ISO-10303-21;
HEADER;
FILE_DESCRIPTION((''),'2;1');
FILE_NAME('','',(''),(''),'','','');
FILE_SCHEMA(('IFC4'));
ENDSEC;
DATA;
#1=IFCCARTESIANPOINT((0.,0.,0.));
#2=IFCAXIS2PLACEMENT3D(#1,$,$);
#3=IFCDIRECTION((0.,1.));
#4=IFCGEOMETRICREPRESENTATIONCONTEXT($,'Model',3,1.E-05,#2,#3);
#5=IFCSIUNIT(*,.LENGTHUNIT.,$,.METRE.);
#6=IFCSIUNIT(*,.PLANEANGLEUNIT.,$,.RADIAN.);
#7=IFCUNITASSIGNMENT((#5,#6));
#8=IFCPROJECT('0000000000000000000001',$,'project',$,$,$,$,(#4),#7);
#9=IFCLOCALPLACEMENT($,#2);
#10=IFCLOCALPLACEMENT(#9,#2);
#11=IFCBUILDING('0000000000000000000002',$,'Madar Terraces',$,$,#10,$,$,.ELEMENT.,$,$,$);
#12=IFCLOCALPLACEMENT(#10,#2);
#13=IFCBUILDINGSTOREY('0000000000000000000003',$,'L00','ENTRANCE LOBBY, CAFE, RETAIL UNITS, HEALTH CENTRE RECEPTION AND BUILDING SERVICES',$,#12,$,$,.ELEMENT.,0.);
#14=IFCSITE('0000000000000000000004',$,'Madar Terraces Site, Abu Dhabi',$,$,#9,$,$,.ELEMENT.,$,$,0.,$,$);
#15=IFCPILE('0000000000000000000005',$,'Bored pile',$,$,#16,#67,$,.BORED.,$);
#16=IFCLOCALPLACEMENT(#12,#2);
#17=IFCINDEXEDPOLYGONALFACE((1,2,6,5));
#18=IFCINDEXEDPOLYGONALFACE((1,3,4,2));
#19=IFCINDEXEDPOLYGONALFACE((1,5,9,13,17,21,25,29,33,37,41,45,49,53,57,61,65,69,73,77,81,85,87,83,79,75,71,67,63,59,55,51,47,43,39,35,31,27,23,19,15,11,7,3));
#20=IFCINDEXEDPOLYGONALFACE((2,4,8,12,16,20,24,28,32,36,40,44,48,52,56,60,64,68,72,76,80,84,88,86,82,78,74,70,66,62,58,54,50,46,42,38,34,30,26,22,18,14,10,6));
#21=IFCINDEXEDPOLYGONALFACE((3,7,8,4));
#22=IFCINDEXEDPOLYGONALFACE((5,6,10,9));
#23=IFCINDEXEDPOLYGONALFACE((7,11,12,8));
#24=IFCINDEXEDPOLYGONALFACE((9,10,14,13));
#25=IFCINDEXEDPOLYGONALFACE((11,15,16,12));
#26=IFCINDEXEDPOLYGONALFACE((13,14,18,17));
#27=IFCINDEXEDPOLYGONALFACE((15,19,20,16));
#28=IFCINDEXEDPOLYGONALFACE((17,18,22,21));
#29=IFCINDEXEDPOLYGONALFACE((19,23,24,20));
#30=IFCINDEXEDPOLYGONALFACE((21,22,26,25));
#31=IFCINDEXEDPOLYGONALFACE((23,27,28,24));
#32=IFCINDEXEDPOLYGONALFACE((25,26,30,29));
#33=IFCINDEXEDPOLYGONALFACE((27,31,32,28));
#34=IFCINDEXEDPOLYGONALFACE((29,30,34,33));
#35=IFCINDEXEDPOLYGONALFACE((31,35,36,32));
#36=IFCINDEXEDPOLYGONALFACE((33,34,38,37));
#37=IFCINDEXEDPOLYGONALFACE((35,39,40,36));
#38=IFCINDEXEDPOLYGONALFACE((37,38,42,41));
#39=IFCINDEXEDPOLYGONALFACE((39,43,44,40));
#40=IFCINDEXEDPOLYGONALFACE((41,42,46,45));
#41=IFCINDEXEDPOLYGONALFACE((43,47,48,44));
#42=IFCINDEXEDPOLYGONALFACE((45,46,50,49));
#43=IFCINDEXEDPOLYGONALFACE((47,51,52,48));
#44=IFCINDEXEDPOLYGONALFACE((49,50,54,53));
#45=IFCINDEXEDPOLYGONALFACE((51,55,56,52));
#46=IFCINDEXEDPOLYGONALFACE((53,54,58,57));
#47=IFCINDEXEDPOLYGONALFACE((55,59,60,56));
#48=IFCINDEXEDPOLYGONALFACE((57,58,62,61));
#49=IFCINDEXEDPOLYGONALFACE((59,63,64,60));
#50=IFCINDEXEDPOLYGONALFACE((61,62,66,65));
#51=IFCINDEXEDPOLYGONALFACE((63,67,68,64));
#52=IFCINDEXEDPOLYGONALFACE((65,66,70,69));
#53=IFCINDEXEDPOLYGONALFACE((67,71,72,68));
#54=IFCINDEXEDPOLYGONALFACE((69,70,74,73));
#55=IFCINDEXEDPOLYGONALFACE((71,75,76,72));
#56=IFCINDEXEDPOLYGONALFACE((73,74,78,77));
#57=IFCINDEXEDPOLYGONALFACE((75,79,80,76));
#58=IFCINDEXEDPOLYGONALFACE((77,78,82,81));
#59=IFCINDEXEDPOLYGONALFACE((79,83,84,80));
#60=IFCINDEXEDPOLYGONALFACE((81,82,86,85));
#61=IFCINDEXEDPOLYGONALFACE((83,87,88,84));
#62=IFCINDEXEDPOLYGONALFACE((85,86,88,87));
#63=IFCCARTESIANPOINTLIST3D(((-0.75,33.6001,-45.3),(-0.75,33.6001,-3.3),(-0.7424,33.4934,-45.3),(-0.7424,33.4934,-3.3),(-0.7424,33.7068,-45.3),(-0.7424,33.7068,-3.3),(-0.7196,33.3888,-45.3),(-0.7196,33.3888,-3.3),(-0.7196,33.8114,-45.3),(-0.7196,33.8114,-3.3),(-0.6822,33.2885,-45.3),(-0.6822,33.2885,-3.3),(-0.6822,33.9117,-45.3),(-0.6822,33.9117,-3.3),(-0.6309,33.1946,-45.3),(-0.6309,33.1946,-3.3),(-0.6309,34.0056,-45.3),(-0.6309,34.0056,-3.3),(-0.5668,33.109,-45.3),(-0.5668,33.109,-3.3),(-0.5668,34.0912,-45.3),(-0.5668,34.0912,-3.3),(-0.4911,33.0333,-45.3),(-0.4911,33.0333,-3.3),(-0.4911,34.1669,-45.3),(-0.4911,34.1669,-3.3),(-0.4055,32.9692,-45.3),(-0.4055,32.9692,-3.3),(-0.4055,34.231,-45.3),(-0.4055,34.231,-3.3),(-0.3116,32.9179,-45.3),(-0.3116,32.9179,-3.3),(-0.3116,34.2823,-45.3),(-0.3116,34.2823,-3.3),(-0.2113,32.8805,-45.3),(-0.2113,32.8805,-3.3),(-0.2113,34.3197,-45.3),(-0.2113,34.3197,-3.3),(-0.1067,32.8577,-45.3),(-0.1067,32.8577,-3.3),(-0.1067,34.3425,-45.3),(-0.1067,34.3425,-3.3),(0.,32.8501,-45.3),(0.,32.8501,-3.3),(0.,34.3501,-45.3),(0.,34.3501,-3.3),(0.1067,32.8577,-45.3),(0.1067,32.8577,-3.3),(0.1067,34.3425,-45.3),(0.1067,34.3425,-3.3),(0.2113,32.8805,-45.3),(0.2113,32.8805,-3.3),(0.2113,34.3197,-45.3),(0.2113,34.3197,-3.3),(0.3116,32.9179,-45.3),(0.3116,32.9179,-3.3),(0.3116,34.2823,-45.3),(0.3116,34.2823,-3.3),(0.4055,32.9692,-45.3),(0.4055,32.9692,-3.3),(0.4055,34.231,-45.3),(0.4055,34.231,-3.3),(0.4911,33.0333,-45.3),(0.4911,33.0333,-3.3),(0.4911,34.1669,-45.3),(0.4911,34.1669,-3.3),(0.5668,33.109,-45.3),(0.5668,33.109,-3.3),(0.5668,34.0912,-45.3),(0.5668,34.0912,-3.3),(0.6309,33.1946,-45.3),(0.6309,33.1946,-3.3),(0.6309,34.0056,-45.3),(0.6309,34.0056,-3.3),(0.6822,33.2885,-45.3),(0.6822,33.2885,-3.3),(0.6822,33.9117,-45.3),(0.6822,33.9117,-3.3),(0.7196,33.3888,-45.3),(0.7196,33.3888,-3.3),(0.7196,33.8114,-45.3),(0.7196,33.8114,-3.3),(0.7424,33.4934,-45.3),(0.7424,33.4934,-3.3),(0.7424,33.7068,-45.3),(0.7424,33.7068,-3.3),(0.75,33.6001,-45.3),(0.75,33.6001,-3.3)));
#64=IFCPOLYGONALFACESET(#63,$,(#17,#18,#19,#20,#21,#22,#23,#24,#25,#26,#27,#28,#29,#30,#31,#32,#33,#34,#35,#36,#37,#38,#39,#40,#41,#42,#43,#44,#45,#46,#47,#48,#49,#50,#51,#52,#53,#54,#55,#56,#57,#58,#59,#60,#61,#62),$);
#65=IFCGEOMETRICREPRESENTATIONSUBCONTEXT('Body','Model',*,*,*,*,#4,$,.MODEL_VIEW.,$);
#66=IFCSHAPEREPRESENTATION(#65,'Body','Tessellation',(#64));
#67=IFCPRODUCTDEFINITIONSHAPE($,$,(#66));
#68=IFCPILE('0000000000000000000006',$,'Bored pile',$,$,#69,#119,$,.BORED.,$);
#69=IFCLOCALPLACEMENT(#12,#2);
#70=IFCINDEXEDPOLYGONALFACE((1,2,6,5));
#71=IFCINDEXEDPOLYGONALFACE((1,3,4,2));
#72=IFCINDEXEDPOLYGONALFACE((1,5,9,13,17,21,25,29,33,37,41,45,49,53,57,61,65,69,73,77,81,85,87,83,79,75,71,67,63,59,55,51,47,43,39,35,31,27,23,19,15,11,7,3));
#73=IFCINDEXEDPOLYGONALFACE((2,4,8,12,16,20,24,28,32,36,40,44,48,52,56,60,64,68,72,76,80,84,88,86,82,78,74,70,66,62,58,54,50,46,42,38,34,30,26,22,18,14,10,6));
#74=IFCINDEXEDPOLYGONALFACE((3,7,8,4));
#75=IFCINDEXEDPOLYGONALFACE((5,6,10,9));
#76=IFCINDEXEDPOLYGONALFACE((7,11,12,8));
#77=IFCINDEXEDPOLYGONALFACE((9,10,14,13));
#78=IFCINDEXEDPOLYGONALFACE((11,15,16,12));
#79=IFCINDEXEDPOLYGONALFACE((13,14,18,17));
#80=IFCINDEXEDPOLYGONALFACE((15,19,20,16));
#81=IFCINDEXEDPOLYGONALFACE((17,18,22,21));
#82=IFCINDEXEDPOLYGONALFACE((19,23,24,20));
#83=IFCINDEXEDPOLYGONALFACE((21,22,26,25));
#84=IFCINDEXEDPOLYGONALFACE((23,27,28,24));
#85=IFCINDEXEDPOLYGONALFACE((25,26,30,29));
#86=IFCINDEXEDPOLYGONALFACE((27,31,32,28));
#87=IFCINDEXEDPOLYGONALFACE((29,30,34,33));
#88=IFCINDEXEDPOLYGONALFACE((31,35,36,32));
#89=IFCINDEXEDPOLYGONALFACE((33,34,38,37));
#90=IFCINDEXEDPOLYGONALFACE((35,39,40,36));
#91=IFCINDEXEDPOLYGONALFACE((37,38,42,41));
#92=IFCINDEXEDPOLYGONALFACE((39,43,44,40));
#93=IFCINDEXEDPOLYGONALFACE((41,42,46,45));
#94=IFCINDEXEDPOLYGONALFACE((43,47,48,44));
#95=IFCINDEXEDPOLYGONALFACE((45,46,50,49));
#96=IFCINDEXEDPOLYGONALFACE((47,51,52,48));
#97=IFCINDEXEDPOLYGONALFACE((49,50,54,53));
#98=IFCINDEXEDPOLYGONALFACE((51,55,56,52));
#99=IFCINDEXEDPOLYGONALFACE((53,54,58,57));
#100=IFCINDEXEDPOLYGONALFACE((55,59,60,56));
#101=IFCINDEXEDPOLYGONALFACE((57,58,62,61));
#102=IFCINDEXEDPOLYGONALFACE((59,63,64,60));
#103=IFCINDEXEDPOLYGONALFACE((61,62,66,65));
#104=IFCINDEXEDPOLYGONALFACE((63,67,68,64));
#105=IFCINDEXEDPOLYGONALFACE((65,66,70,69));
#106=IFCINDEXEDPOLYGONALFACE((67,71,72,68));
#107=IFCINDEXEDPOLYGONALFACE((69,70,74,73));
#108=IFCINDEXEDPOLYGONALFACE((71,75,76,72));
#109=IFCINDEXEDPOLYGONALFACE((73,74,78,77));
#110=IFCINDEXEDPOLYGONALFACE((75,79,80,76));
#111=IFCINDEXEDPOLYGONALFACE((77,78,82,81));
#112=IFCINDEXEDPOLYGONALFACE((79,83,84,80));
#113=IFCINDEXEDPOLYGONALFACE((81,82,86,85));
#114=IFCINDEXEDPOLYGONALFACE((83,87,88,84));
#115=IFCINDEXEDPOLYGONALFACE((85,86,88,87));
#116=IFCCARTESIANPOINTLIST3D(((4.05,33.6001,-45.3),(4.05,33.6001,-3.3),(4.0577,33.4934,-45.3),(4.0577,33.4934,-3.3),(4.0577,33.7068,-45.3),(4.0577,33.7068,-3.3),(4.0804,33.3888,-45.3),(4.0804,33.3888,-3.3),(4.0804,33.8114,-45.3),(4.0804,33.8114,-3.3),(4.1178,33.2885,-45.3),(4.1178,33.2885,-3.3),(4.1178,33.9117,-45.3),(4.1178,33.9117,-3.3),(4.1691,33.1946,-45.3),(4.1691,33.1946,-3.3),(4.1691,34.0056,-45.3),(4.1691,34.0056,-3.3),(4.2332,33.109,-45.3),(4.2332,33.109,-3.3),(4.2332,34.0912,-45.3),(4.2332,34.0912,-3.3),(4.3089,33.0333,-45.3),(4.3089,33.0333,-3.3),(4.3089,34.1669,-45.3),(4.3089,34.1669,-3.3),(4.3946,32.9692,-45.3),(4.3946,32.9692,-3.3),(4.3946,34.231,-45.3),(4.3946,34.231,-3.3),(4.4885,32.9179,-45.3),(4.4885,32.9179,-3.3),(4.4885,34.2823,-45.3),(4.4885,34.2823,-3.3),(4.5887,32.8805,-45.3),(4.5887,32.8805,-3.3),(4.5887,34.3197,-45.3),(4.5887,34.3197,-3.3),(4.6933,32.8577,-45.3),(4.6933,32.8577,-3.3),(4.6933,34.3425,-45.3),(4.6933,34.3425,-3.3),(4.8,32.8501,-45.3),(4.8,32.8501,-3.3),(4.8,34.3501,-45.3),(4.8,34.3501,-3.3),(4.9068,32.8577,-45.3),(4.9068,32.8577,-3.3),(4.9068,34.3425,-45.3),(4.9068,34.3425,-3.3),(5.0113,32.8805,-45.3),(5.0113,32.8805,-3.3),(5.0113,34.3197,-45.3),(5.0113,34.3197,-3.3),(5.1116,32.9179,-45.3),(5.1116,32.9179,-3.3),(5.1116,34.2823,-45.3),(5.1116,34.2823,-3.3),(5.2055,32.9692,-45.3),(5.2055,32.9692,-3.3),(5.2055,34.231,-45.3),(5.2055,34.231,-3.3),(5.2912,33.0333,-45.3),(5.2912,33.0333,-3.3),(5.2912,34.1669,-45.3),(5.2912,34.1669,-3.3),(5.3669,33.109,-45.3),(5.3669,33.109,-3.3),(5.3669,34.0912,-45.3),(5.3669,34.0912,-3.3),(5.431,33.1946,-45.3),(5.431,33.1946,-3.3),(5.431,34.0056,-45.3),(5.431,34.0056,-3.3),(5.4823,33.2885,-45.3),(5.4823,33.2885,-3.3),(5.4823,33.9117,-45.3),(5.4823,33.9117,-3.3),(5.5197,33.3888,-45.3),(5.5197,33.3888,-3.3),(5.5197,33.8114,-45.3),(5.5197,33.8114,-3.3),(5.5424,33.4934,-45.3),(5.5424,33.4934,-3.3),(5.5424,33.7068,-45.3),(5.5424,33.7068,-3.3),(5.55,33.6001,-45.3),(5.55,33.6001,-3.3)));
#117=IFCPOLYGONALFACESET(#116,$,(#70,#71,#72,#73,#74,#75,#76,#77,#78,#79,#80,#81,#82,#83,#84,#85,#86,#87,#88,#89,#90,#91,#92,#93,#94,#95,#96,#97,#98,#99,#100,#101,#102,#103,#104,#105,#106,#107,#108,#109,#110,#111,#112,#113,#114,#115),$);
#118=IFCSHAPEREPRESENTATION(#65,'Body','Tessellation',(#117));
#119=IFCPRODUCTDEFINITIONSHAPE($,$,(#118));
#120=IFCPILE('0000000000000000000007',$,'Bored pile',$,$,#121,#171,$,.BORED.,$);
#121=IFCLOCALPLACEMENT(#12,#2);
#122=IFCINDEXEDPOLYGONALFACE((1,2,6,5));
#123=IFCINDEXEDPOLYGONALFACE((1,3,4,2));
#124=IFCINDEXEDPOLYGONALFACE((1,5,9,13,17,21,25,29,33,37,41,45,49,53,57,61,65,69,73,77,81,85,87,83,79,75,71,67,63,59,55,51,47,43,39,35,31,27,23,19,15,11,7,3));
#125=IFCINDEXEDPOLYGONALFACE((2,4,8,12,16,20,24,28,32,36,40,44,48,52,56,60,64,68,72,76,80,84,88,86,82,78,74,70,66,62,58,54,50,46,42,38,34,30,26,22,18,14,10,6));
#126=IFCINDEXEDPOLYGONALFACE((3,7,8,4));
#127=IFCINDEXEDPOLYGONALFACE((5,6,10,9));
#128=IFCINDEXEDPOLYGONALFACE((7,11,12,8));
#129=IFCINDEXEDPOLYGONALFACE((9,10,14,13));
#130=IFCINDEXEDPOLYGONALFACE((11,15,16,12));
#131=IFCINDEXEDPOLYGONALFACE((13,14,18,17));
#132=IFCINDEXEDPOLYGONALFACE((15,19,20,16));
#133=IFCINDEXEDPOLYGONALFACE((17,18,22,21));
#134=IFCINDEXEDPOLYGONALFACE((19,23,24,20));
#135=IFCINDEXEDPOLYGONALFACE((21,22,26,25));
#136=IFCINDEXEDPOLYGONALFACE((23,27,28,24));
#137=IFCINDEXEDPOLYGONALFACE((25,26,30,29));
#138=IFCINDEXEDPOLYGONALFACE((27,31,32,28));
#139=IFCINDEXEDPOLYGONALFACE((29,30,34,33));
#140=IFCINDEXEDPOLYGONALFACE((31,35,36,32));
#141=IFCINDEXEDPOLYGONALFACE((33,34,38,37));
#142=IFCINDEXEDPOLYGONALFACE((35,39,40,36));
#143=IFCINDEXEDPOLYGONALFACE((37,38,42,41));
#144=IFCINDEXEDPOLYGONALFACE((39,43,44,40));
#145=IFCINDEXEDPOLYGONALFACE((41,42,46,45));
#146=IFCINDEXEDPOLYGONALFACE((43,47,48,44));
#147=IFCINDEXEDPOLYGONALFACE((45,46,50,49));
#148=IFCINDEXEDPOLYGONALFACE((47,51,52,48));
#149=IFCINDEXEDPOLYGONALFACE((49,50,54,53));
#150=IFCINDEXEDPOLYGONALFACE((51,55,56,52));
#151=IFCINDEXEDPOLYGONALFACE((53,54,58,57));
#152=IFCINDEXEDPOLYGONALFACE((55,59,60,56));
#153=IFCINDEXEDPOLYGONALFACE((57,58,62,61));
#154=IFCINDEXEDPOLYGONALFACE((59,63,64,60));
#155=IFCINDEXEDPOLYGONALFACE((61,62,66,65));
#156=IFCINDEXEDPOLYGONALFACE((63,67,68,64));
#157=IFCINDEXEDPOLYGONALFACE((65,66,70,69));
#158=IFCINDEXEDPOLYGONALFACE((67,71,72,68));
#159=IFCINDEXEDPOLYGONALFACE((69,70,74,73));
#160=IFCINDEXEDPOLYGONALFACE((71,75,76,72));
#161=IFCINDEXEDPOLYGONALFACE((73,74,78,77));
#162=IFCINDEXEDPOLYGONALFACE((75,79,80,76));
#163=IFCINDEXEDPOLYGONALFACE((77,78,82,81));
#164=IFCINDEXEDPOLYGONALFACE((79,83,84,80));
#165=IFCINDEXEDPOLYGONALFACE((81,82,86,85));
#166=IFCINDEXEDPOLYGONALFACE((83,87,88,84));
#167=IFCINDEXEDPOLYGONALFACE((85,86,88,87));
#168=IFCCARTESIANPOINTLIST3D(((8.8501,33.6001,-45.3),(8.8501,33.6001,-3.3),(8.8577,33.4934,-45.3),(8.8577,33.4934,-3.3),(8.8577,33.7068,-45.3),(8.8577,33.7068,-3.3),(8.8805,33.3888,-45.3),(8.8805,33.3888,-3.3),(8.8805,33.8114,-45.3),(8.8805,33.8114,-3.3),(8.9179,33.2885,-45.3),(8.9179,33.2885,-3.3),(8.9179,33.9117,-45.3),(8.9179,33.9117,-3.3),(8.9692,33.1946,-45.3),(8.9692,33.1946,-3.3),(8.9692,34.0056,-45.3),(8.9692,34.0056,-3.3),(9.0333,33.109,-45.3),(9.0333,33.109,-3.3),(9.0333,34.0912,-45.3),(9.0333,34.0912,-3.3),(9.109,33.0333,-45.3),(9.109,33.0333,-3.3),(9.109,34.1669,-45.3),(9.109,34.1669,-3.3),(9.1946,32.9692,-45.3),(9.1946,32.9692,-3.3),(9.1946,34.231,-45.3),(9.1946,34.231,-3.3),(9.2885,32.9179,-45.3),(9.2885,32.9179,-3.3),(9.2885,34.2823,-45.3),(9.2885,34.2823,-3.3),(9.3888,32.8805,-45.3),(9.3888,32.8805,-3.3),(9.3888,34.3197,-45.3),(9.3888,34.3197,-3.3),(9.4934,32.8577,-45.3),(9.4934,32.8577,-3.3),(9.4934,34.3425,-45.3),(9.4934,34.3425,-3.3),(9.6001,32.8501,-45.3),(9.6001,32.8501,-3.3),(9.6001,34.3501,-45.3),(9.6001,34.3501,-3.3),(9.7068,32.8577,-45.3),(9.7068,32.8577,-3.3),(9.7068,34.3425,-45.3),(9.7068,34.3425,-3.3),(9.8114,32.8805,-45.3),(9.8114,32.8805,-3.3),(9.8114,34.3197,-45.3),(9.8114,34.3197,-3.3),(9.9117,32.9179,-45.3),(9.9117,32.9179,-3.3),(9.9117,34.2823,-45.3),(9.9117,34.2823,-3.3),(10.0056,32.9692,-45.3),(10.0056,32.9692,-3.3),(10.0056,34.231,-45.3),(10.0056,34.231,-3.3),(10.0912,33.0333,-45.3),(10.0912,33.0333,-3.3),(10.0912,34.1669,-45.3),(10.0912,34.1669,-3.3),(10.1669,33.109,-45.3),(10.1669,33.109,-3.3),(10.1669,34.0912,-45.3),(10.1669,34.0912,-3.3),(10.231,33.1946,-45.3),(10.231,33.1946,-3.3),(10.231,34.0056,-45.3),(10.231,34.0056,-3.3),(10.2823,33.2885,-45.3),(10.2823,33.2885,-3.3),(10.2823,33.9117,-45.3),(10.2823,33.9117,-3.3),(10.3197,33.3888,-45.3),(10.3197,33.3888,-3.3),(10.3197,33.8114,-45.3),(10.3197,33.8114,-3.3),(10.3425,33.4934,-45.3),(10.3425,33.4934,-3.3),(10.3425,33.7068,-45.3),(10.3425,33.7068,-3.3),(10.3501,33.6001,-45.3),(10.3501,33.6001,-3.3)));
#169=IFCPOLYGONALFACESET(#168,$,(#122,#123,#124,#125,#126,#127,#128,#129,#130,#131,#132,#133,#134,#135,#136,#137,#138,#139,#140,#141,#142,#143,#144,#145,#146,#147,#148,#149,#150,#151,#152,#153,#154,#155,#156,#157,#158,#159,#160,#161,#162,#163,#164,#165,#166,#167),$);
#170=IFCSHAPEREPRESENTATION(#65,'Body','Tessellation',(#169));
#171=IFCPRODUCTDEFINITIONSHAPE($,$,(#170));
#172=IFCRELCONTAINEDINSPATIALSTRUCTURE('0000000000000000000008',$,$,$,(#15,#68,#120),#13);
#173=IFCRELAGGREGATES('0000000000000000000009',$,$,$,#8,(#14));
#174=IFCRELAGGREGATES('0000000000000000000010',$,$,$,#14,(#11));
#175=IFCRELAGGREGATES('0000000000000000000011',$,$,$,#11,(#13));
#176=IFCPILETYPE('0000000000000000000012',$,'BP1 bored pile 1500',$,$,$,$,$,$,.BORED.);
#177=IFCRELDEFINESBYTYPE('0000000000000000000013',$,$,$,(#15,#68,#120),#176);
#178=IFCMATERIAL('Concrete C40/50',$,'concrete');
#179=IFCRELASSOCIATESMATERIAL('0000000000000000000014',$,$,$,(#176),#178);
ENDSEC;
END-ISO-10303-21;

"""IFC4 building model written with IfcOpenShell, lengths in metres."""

from ifc_helpers import new_model, si_unit, direction, frame, origin, origin_2d, place, context, subcontext, project, spatial, circle, extrude, material, material_profile, profile_set, type_object, element, save


model = new_model("IFC4")

# Units and contexts
model_context = context("Model", 3, precision=1e-05, world=origin(), true_north=direction((0.0, 1.0)))
body_context = subcontext(model_context, "Body", "Model", "MODEL_VIEW")
ifc_project = project(units=[si_unit("LENGTHUNIT", "METRE"), si_unit("PLANEANGLEUNIT", "RADIAN")], contexts=[model_context])

# Site, building, storey
site_placement = place(None, origin())
site = spatial("IfcSite", under=ifc_project, at=site_placement, Name="Madar Terraces Site, Abu Dhabi", CompositionType="ELEMENT", RefElevation=0.0)
building_placement = place(site_placement, origin())
building = spatial("IfcBuilding", under=site, at=building_placement, Name="Madar Terraces", CompositionType="ELEMENT")
storey_placement = place(building_placement, origin())
storey = spatial("IfcBuildingStorey", under=building, at=storey_placement, Name="L00", Description="ENTRANCE LOBBY, CAFE, RETAIL UNITS, HEALTH CENTRE RECEPTION AND BUILDING SERVICES", CompositionType="ELEMENT", Elevation=0.0)

# Piles
ifc_material_1 = material(Name="Concrete C40/50", Category="concrete")
ifc_material_profile_1 = material_profile(ifc_material_1, circle(Radius=0.75, at=origin_2d()), Name="BP1 bored pile 1500")
ifc_profile_set_1 = profile_set([ifc_material_profile_1], Name="Concrete C40/50")
pile_type = type_object("IfcPileType", Name="BP1 bored pile 1500", PredefinedType="BORED", material=ifc_profile_set_1)
for number, where, z_axis, x_axis, name in (
    (1, (0.0, 33.6001, -3.3), (0.0, 0.0, -1.0), (1.0, 0.0, 0.0), "Bored pile"),
    (2, (4.8, 33.6001, -3.3), (0.0, 0.0, -1.0), (1.0, 0.0, 0.0), "Bored pile"),
    (3, (9.6001, 33.6001, -3.3), (0.0, 0.0, -1.0), (1.0, 0.0, 0.0), "Bored pile"),
):
    element("IfcPile", number, at=place(storey_placement, frame(where, z_axis=z_axis, x_axis=x_axis)), inside=storey, type_object=pile_type, Name=name, PredefinedType="BORED", context=body_context, shape_type="SweptSolid", body=[
        extrude(circle(Radius=0.75, at=origin_2d()), origin(), (0.0, 0.0, 1.0), 42.0),
    ])

save(model, "model.ifc")
